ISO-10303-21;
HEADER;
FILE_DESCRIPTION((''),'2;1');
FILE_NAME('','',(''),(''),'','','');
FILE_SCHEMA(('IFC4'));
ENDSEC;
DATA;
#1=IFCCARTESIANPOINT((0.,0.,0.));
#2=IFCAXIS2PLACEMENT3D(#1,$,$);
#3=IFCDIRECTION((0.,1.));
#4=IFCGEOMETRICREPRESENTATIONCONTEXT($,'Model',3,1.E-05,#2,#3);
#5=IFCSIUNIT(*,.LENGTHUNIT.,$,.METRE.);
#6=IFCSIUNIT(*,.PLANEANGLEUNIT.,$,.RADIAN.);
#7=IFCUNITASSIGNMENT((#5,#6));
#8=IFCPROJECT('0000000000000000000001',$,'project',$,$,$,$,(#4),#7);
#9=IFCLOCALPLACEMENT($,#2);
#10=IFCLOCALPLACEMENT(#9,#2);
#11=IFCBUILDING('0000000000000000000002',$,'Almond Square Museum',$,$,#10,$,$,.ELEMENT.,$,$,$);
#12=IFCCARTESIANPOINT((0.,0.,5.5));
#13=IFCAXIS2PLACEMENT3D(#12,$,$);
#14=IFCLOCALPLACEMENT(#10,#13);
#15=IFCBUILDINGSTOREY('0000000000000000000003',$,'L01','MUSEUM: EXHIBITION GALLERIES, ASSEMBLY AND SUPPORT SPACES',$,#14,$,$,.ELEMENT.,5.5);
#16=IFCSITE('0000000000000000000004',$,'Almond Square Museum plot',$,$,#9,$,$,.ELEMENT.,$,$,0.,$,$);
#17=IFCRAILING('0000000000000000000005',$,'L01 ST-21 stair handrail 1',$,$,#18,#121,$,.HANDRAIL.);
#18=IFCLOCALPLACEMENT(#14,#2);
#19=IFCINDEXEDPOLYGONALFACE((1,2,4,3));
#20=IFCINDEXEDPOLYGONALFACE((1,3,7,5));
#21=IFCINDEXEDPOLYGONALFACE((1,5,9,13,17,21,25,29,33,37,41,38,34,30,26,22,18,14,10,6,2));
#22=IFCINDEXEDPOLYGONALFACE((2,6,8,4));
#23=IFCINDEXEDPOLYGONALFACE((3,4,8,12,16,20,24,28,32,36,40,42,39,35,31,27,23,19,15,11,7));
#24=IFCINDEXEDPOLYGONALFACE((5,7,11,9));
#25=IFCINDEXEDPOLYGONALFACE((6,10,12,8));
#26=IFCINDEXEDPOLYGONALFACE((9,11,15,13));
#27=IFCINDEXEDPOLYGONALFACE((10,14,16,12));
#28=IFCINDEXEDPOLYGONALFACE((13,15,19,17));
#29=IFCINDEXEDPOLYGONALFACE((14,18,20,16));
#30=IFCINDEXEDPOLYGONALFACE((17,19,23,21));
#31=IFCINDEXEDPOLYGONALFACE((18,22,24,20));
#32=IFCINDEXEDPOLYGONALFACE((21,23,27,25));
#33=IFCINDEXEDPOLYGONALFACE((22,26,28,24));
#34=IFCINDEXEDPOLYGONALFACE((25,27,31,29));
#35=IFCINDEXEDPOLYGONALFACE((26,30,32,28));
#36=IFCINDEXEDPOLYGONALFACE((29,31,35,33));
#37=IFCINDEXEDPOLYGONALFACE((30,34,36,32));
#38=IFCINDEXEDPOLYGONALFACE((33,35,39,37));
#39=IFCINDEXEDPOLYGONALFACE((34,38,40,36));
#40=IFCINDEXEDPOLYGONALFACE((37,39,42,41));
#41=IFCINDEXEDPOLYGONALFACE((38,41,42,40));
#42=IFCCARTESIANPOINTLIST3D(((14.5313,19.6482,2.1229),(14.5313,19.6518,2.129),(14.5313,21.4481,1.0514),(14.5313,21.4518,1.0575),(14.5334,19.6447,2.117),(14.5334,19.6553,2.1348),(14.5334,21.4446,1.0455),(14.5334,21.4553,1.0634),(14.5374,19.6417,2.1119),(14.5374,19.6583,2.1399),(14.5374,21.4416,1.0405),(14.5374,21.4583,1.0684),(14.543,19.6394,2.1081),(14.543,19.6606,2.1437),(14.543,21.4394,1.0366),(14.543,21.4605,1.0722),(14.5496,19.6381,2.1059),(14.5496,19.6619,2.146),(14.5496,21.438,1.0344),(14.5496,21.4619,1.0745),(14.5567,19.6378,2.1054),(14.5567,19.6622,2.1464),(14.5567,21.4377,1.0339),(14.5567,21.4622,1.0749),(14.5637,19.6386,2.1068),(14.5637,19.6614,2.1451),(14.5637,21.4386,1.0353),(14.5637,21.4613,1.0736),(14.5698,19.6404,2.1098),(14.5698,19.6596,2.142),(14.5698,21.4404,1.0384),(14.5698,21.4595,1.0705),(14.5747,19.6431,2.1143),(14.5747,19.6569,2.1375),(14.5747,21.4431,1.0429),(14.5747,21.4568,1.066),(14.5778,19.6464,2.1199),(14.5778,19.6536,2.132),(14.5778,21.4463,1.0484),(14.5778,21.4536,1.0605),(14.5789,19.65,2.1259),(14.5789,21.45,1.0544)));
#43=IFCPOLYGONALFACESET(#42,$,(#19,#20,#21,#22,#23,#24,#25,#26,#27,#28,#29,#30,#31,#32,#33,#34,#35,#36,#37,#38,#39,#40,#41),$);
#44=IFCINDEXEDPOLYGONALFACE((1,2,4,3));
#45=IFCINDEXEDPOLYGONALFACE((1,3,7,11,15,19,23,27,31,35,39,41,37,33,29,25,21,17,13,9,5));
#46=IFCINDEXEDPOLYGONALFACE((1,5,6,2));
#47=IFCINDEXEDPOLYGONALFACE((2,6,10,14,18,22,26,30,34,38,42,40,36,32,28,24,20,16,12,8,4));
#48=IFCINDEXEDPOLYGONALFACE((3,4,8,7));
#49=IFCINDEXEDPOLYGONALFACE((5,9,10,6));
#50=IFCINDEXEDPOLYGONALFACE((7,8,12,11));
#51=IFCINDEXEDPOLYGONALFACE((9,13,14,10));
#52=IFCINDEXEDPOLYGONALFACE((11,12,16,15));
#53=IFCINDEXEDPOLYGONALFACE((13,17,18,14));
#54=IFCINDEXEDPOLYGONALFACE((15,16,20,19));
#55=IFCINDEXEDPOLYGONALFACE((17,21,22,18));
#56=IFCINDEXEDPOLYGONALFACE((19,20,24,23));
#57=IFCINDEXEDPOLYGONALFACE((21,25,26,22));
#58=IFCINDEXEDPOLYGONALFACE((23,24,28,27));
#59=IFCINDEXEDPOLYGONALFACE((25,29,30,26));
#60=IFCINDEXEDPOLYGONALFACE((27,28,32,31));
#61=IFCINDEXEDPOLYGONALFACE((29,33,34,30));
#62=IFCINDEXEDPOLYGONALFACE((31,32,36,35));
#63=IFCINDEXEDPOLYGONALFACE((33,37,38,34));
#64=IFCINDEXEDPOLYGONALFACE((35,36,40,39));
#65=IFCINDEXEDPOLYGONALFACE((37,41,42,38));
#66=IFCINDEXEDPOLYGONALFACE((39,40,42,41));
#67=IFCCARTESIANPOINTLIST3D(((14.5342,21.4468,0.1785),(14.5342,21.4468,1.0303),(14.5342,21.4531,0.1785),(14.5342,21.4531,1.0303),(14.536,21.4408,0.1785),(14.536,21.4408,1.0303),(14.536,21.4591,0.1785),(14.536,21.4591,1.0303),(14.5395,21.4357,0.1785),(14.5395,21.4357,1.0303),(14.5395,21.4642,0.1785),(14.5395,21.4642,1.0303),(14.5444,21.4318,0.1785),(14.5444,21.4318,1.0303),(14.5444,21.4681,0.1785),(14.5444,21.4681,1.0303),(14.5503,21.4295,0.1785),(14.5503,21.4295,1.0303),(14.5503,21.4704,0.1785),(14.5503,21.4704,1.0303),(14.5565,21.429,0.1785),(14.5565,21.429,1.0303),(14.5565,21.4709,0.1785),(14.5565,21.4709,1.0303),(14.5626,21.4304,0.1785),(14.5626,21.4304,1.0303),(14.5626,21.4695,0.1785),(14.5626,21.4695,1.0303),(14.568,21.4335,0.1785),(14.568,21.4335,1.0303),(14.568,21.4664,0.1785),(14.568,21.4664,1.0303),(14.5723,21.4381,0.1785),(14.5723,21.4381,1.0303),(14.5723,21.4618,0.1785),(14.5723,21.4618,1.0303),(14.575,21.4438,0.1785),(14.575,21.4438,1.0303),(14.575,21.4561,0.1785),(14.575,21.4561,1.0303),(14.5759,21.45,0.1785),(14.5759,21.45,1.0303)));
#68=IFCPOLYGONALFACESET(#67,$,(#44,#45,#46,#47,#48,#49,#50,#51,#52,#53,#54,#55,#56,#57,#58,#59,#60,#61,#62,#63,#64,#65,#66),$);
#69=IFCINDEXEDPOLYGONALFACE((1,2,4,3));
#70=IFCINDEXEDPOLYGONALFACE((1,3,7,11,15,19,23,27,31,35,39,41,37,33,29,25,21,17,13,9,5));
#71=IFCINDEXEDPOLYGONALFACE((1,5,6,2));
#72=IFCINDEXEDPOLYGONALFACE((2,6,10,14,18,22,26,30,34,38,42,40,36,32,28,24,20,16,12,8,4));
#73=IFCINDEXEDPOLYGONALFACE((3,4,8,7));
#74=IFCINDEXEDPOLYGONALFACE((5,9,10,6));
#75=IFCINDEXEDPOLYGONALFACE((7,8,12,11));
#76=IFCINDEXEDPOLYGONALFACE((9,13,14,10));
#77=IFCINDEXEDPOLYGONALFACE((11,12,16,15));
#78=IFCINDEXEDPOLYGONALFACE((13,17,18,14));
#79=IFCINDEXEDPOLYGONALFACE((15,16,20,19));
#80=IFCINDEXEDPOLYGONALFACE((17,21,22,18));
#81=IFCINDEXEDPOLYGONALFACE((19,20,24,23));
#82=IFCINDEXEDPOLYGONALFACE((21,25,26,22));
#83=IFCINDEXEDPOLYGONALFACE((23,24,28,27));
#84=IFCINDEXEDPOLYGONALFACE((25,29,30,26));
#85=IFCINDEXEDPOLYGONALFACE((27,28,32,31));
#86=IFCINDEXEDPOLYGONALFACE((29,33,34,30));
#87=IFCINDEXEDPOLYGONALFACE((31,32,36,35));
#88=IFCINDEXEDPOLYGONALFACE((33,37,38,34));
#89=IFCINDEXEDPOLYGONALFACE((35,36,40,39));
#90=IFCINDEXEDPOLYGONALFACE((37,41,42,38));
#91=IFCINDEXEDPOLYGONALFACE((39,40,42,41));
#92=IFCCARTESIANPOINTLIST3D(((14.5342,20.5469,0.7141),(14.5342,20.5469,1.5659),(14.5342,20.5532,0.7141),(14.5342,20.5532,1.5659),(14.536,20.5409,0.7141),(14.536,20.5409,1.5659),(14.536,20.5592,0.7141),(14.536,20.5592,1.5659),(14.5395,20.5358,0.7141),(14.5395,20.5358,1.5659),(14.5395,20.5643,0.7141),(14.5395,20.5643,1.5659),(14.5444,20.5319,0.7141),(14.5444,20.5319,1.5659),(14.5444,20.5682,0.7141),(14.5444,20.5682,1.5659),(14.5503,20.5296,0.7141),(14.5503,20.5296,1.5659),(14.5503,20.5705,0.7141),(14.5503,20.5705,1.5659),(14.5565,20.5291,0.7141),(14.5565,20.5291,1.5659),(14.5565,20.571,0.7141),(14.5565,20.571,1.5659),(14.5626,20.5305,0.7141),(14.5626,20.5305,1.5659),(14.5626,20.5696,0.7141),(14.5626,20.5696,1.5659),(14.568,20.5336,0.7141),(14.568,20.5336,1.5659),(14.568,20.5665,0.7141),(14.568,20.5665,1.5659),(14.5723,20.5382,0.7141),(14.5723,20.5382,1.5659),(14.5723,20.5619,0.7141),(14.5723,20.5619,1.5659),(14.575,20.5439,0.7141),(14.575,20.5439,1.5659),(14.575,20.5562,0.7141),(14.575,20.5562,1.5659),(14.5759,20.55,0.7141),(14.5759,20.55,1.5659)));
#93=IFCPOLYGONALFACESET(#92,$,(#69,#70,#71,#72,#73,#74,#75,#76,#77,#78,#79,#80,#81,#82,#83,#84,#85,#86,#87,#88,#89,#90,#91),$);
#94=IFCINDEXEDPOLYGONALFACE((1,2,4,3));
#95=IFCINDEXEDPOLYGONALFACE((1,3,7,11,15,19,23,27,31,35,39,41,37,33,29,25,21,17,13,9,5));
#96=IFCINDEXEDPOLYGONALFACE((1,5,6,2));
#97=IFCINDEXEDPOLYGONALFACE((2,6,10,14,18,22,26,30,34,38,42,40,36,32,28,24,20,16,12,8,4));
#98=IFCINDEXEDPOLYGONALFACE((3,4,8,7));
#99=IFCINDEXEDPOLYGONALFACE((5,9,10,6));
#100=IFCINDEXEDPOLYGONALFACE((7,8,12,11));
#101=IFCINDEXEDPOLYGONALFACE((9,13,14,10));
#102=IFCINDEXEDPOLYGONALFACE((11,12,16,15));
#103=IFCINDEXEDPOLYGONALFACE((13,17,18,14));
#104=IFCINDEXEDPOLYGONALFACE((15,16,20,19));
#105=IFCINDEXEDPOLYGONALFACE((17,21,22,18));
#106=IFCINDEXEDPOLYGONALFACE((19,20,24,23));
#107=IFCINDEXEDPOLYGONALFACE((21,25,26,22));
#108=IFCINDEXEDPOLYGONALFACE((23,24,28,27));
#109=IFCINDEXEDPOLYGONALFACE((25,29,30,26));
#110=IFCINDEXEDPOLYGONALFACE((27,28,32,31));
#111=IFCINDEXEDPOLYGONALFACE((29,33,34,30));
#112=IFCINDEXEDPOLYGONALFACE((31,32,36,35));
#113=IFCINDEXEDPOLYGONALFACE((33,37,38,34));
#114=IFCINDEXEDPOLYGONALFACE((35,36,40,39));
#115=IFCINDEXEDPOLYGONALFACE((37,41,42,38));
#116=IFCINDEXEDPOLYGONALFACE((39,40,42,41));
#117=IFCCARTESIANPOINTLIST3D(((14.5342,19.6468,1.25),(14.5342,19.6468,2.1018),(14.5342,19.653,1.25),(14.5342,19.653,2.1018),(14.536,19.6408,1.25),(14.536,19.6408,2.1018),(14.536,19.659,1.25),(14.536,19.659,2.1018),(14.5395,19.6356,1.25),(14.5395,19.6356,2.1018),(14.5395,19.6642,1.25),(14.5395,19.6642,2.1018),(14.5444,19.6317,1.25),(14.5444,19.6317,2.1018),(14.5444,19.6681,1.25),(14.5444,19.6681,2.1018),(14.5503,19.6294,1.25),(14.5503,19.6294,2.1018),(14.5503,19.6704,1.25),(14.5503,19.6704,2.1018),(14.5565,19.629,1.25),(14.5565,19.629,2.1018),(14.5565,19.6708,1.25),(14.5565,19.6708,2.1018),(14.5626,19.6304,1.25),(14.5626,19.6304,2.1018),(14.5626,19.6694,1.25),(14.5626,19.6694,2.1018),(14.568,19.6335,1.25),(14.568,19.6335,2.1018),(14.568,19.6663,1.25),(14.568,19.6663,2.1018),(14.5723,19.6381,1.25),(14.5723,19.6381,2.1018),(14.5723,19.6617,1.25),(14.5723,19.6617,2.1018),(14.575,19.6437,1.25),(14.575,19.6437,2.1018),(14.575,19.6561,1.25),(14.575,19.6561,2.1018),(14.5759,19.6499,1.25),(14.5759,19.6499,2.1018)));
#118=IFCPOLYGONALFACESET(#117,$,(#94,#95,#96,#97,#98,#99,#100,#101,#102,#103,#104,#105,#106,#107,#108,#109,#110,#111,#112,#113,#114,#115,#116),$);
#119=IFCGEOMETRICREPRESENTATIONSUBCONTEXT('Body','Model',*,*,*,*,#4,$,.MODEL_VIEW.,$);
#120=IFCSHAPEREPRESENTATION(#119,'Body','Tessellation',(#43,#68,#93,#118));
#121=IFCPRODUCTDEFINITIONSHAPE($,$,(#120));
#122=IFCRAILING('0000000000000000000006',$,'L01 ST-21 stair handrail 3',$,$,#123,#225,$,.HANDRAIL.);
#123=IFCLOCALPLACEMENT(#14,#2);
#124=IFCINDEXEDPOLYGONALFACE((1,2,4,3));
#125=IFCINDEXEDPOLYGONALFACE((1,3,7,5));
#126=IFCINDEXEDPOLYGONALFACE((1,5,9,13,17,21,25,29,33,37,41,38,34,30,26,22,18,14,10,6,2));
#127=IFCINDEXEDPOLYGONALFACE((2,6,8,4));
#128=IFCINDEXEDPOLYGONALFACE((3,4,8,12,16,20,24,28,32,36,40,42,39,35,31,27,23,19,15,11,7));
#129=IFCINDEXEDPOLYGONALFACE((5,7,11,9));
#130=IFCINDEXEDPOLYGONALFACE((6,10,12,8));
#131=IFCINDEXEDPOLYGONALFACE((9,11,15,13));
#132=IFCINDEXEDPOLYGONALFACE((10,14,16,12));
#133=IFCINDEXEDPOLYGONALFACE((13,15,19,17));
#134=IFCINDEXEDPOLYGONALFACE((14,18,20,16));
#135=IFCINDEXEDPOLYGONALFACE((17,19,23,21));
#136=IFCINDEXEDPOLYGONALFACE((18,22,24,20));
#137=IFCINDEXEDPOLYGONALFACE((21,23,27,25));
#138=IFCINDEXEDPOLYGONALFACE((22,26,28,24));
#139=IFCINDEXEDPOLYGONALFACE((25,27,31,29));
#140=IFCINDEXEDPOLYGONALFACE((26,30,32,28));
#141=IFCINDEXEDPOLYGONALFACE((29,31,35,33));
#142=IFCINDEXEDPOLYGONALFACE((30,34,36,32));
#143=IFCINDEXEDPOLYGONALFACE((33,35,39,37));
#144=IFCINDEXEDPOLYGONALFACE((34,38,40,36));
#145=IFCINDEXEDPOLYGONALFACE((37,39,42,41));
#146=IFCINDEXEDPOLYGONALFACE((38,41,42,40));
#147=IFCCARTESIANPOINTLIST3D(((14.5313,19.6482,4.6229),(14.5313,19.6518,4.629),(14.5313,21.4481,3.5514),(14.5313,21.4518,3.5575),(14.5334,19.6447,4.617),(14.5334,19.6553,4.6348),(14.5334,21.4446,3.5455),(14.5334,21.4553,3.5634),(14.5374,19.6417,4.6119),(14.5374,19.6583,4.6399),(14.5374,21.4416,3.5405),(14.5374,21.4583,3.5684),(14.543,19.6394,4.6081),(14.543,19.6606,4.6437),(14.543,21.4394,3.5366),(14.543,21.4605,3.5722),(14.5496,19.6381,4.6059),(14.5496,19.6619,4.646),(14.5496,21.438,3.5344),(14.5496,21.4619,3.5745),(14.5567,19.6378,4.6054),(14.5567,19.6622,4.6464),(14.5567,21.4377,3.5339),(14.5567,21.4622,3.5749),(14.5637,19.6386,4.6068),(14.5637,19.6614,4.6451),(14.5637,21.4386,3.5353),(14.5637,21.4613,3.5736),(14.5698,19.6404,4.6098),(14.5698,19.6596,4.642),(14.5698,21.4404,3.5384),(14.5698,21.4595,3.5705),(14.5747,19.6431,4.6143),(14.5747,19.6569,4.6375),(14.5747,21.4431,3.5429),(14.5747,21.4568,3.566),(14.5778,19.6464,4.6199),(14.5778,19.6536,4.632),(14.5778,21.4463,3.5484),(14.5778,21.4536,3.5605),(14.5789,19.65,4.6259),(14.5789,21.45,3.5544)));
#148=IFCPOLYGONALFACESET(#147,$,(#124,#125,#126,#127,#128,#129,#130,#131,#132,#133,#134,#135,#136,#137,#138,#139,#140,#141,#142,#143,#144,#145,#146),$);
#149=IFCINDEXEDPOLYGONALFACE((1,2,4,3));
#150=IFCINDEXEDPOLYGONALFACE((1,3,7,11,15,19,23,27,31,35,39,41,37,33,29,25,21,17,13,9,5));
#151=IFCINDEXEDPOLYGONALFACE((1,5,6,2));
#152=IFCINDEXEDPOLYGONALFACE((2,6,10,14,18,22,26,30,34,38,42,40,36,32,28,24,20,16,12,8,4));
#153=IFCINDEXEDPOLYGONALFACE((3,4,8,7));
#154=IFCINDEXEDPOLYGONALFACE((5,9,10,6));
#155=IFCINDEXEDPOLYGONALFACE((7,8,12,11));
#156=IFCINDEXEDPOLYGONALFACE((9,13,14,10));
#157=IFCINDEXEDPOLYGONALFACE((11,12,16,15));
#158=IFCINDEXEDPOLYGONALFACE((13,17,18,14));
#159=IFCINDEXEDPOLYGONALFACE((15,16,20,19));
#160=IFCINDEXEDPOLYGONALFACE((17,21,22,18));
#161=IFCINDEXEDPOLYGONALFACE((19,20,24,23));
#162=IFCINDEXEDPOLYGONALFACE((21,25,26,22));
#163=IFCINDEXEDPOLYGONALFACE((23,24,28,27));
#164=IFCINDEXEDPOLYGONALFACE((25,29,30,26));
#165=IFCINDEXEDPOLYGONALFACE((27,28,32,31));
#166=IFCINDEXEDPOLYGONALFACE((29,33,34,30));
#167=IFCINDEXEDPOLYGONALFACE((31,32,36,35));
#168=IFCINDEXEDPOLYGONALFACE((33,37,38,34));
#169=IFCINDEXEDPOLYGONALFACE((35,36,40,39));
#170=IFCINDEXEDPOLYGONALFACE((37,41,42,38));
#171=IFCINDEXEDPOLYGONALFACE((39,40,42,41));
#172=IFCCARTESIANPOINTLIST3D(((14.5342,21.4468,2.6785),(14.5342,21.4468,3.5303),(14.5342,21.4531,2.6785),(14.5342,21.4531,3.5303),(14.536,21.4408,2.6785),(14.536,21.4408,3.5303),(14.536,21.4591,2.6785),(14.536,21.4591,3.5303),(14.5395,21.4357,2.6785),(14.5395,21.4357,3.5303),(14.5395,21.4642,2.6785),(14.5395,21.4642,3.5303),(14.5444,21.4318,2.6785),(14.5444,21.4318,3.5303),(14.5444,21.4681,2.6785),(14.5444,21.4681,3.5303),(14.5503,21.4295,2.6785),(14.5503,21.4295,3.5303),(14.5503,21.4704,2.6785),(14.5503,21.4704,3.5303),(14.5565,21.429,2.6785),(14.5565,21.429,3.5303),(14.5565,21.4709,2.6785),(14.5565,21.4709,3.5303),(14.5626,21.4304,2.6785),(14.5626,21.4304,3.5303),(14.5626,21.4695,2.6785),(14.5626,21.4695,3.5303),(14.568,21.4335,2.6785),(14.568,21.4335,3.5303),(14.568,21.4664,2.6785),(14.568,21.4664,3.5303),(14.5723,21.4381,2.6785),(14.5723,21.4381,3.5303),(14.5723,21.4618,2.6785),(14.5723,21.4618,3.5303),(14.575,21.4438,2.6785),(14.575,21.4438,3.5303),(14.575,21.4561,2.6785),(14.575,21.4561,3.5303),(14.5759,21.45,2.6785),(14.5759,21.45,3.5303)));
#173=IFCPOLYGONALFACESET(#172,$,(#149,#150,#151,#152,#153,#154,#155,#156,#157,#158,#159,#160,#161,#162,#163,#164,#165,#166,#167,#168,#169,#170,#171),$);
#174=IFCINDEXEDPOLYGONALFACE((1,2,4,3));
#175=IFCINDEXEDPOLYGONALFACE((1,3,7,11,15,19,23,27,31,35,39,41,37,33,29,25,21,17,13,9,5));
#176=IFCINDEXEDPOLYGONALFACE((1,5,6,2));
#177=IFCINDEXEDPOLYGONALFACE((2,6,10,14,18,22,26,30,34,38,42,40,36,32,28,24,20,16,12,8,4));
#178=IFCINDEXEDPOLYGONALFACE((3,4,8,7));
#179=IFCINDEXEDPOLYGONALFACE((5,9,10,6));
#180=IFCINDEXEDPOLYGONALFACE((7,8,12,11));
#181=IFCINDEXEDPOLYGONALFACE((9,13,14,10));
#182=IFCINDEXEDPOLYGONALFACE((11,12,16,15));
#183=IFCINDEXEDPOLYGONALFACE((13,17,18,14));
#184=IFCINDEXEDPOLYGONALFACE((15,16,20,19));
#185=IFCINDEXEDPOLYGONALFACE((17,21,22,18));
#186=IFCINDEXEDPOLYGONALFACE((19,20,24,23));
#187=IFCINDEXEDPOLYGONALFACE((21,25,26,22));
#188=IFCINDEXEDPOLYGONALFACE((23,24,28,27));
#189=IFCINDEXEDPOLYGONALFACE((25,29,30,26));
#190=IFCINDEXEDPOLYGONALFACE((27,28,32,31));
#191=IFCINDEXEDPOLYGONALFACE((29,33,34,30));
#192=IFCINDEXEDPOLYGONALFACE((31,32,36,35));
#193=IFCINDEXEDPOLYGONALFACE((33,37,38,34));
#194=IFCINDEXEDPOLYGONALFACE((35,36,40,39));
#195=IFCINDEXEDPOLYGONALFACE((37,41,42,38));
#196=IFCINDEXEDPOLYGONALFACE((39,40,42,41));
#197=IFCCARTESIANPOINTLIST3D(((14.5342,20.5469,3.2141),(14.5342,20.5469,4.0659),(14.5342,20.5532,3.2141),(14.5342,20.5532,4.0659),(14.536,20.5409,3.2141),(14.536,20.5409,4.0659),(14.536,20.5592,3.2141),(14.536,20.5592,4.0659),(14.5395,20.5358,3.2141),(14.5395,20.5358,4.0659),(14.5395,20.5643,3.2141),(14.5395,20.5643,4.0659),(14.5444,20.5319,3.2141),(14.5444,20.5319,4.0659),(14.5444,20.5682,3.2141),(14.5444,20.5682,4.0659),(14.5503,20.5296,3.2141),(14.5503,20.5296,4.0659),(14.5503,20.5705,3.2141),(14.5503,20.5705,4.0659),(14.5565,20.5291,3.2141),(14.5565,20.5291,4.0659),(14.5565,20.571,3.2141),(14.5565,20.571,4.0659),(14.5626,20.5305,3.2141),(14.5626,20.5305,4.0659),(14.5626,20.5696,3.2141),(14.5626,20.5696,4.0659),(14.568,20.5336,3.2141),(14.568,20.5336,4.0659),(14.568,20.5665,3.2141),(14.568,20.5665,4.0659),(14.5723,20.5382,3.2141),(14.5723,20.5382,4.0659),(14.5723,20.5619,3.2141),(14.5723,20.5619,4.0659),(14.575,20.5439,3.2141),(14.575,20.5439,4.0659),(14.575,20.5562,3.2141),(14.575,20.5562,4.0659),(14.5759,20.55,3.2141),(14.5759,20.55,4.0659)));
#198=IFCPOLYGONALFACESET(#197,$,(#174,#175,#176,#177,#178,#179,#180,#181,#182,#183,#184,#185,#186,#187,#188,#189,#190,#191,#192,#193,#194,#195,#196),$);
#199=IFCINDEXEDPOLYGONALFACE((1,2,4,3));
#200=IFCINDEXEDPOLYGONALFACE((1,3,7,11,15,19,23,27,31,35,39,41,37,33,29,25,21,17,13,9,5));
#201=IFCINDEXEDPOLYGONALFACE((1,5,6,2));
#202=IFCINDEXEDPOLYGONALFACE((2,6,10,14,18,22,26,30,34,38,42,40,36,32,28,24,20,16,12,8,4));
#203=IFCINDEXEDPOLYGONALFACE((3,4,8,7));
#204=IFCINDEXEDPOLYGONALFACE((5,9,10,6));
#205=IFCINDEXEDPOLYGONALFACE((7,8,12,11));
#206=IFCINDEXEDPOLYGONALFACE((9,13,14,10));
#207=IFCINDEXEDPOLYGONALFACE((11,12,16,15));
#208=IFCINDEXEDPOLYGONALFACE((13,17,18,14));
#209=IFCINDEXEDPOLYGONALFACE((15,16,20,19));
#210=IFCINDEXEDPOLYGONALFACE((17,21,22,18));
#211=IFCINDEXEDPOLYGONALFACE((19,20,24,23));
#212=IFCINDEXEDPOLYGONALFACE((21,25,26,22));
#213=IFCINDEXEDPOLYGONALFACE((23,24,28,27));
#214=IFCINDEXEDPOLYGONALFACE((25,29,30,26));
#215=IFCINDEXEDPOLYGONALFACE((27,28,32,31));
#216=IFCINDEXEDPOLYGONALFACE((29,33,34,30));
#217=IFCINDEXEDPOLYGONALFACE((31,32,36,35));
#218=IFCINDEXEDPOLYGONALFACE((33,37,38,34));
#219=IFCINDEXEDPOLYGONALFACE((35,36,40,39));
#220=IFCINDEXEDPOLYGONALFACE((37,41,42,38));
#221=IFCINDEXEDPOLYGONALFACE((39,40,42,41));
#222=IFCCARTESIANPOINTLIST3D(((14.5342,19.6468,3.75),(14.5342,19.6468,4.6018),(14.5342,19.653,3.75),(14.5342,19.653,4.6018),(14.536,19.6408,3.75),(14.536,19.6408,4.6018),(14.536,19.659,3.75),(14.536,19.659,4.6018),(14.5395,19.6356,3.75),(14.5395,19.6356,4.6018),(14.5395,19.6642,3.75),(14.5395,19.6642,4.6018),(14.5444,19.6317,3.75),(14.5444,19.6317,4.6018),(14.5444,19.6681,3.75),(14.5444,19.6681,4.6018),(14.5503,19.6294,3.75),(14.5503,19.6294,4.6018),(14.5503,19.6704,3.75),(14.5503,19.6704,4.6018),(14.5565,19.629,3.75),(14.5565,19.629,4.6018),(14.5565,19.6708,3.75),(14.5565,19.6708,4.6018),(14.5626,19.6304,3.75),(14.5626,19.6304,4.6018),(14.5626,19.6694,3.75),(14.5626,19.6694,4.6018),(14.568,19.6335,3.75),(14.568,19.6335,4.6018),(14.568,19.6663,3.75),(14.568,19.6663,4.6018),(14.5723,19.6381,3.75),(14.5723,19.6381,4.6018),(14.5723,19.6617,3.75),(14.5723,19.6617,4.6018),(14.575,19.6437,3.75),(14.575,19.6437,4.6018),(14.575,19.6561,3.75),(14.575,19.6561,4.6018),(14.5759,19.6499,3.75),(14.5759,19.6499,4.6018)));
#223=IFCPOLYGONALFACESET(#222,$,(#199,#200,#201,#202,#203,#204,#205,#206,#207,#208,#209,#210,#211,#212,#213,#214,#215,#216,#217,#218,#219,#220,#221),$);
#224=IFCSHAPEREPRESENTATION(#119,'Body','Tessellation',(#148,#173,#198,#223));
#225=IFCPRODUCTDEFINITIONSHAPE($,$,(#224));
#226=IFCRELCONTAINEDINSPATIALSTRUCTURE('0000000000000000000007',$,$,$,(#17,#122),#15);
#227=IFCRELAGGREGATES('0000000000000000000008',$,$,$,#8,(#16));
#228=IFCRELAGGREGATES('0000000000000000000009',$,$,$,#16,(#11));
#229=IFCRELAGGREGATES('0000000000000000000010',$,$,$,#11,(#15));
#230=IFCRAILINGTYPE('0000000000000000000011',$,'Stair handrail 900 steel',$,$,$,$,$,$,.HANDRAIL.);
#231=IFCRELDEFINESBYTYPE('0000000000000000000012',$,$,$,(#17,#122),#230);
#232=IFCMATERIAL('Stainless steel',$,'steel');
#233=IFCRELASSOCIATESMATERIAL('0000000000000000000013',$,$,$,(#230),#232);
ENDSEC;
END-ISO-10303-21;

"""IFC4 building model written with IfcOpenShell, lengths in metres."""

from ifc_helpers import new_model, si_unit, direction, frame, origin, origin_2d, place, context, subcontext, project, spatial, circle, extrude, material, type_object, element, save


model = new_model("IFC4")

# Units and contexts
model_context = context("Model", 3, precision=1e-05, world=origin(), true_north=direction((0.0, 1.0)))
body_context = subcontext(model_context, "Body", "Model", "MODEL_VIEW")
ifc_project = project(units=[si_unit("LENGTHUNIT", "METRE"), si_unit("PLANEANGLEUNIT", "RADIAN")], contexts=[model_context])

# Site, building, storey
site_placement = place(None, origin())
site = spatial("IfcSite", under=ifc_project, at=site_placement, Name="Almond Square Museum plot", CompositionType="ELEMENT", RefElevation=0.0)
building_placement = place(site_placement, origin())
building = spatial("IfcBuilding", under=site, at=building_placement, Name="Almond Square Museum", CompositionType="ELEMENT")
storey_placement = place(building_placement, frame((0.0, 0.0, 5.5)))
storey = spatial("IfcBuildingStorey", under=building, at=storey_placement, Name="L01", Description="MUSEUM: EXHIBITION GALLERIES, ASSEMBLY AND SUPPORT SPACES", CompositionType="ELEMENT", Elevation=5.5)

# Railings
ifc_material_1 = material(Name="Stainless steel", Category="steel")
railing_type_1 = type_object("IfcRailingType", Name="Stair handrail 900 steel", PredefinedType="HANDRAIL", material=ifc_material_1)
for number, where, name in (
    (1, (14.5549, 21.45, 0.1785), "L01 ST-21 stair handrail 1"),
    (2, (14.5549, 21.45, 2.6785), "L01 ST-21 stair handrail 3"),
):
    element("IfcRailing", number, at=place(storey_placement, frame(where)), inside=storey, type_object=railing_type_1, Name=name, PredefinedType="HANDRAIL", context=body_context, shape_type="SweptSolid", body=[
        extrude(circle(Radius=0.0239, at=origin_2d()), frame((0.0, 0.0, 0.876), z_axis=(0.0, -0.859277, 0.51151), x_axis=(1.0, 0.0, 0.0)), (0.0, 0.0, 1.0), 2.0947),
        extrude(circle(Radius=0.021, at=origin_2d()), origin(), (0.0, 0.0, 1.0), 0.8518),
        extrude(circle(Radius=0.021, at=origin_2d()), frame((0.0, -0.8999, 0.5356)), (0.0, 0.0, 1.0), 0.8518),
        extrude(circle(Radius=0.021, at=origin_2d()), frame((0.0, -1.8, 1.0715)), (0.0, 0.0, 1.0), 0.8518),
    ])

save(model, "model.ifc")
